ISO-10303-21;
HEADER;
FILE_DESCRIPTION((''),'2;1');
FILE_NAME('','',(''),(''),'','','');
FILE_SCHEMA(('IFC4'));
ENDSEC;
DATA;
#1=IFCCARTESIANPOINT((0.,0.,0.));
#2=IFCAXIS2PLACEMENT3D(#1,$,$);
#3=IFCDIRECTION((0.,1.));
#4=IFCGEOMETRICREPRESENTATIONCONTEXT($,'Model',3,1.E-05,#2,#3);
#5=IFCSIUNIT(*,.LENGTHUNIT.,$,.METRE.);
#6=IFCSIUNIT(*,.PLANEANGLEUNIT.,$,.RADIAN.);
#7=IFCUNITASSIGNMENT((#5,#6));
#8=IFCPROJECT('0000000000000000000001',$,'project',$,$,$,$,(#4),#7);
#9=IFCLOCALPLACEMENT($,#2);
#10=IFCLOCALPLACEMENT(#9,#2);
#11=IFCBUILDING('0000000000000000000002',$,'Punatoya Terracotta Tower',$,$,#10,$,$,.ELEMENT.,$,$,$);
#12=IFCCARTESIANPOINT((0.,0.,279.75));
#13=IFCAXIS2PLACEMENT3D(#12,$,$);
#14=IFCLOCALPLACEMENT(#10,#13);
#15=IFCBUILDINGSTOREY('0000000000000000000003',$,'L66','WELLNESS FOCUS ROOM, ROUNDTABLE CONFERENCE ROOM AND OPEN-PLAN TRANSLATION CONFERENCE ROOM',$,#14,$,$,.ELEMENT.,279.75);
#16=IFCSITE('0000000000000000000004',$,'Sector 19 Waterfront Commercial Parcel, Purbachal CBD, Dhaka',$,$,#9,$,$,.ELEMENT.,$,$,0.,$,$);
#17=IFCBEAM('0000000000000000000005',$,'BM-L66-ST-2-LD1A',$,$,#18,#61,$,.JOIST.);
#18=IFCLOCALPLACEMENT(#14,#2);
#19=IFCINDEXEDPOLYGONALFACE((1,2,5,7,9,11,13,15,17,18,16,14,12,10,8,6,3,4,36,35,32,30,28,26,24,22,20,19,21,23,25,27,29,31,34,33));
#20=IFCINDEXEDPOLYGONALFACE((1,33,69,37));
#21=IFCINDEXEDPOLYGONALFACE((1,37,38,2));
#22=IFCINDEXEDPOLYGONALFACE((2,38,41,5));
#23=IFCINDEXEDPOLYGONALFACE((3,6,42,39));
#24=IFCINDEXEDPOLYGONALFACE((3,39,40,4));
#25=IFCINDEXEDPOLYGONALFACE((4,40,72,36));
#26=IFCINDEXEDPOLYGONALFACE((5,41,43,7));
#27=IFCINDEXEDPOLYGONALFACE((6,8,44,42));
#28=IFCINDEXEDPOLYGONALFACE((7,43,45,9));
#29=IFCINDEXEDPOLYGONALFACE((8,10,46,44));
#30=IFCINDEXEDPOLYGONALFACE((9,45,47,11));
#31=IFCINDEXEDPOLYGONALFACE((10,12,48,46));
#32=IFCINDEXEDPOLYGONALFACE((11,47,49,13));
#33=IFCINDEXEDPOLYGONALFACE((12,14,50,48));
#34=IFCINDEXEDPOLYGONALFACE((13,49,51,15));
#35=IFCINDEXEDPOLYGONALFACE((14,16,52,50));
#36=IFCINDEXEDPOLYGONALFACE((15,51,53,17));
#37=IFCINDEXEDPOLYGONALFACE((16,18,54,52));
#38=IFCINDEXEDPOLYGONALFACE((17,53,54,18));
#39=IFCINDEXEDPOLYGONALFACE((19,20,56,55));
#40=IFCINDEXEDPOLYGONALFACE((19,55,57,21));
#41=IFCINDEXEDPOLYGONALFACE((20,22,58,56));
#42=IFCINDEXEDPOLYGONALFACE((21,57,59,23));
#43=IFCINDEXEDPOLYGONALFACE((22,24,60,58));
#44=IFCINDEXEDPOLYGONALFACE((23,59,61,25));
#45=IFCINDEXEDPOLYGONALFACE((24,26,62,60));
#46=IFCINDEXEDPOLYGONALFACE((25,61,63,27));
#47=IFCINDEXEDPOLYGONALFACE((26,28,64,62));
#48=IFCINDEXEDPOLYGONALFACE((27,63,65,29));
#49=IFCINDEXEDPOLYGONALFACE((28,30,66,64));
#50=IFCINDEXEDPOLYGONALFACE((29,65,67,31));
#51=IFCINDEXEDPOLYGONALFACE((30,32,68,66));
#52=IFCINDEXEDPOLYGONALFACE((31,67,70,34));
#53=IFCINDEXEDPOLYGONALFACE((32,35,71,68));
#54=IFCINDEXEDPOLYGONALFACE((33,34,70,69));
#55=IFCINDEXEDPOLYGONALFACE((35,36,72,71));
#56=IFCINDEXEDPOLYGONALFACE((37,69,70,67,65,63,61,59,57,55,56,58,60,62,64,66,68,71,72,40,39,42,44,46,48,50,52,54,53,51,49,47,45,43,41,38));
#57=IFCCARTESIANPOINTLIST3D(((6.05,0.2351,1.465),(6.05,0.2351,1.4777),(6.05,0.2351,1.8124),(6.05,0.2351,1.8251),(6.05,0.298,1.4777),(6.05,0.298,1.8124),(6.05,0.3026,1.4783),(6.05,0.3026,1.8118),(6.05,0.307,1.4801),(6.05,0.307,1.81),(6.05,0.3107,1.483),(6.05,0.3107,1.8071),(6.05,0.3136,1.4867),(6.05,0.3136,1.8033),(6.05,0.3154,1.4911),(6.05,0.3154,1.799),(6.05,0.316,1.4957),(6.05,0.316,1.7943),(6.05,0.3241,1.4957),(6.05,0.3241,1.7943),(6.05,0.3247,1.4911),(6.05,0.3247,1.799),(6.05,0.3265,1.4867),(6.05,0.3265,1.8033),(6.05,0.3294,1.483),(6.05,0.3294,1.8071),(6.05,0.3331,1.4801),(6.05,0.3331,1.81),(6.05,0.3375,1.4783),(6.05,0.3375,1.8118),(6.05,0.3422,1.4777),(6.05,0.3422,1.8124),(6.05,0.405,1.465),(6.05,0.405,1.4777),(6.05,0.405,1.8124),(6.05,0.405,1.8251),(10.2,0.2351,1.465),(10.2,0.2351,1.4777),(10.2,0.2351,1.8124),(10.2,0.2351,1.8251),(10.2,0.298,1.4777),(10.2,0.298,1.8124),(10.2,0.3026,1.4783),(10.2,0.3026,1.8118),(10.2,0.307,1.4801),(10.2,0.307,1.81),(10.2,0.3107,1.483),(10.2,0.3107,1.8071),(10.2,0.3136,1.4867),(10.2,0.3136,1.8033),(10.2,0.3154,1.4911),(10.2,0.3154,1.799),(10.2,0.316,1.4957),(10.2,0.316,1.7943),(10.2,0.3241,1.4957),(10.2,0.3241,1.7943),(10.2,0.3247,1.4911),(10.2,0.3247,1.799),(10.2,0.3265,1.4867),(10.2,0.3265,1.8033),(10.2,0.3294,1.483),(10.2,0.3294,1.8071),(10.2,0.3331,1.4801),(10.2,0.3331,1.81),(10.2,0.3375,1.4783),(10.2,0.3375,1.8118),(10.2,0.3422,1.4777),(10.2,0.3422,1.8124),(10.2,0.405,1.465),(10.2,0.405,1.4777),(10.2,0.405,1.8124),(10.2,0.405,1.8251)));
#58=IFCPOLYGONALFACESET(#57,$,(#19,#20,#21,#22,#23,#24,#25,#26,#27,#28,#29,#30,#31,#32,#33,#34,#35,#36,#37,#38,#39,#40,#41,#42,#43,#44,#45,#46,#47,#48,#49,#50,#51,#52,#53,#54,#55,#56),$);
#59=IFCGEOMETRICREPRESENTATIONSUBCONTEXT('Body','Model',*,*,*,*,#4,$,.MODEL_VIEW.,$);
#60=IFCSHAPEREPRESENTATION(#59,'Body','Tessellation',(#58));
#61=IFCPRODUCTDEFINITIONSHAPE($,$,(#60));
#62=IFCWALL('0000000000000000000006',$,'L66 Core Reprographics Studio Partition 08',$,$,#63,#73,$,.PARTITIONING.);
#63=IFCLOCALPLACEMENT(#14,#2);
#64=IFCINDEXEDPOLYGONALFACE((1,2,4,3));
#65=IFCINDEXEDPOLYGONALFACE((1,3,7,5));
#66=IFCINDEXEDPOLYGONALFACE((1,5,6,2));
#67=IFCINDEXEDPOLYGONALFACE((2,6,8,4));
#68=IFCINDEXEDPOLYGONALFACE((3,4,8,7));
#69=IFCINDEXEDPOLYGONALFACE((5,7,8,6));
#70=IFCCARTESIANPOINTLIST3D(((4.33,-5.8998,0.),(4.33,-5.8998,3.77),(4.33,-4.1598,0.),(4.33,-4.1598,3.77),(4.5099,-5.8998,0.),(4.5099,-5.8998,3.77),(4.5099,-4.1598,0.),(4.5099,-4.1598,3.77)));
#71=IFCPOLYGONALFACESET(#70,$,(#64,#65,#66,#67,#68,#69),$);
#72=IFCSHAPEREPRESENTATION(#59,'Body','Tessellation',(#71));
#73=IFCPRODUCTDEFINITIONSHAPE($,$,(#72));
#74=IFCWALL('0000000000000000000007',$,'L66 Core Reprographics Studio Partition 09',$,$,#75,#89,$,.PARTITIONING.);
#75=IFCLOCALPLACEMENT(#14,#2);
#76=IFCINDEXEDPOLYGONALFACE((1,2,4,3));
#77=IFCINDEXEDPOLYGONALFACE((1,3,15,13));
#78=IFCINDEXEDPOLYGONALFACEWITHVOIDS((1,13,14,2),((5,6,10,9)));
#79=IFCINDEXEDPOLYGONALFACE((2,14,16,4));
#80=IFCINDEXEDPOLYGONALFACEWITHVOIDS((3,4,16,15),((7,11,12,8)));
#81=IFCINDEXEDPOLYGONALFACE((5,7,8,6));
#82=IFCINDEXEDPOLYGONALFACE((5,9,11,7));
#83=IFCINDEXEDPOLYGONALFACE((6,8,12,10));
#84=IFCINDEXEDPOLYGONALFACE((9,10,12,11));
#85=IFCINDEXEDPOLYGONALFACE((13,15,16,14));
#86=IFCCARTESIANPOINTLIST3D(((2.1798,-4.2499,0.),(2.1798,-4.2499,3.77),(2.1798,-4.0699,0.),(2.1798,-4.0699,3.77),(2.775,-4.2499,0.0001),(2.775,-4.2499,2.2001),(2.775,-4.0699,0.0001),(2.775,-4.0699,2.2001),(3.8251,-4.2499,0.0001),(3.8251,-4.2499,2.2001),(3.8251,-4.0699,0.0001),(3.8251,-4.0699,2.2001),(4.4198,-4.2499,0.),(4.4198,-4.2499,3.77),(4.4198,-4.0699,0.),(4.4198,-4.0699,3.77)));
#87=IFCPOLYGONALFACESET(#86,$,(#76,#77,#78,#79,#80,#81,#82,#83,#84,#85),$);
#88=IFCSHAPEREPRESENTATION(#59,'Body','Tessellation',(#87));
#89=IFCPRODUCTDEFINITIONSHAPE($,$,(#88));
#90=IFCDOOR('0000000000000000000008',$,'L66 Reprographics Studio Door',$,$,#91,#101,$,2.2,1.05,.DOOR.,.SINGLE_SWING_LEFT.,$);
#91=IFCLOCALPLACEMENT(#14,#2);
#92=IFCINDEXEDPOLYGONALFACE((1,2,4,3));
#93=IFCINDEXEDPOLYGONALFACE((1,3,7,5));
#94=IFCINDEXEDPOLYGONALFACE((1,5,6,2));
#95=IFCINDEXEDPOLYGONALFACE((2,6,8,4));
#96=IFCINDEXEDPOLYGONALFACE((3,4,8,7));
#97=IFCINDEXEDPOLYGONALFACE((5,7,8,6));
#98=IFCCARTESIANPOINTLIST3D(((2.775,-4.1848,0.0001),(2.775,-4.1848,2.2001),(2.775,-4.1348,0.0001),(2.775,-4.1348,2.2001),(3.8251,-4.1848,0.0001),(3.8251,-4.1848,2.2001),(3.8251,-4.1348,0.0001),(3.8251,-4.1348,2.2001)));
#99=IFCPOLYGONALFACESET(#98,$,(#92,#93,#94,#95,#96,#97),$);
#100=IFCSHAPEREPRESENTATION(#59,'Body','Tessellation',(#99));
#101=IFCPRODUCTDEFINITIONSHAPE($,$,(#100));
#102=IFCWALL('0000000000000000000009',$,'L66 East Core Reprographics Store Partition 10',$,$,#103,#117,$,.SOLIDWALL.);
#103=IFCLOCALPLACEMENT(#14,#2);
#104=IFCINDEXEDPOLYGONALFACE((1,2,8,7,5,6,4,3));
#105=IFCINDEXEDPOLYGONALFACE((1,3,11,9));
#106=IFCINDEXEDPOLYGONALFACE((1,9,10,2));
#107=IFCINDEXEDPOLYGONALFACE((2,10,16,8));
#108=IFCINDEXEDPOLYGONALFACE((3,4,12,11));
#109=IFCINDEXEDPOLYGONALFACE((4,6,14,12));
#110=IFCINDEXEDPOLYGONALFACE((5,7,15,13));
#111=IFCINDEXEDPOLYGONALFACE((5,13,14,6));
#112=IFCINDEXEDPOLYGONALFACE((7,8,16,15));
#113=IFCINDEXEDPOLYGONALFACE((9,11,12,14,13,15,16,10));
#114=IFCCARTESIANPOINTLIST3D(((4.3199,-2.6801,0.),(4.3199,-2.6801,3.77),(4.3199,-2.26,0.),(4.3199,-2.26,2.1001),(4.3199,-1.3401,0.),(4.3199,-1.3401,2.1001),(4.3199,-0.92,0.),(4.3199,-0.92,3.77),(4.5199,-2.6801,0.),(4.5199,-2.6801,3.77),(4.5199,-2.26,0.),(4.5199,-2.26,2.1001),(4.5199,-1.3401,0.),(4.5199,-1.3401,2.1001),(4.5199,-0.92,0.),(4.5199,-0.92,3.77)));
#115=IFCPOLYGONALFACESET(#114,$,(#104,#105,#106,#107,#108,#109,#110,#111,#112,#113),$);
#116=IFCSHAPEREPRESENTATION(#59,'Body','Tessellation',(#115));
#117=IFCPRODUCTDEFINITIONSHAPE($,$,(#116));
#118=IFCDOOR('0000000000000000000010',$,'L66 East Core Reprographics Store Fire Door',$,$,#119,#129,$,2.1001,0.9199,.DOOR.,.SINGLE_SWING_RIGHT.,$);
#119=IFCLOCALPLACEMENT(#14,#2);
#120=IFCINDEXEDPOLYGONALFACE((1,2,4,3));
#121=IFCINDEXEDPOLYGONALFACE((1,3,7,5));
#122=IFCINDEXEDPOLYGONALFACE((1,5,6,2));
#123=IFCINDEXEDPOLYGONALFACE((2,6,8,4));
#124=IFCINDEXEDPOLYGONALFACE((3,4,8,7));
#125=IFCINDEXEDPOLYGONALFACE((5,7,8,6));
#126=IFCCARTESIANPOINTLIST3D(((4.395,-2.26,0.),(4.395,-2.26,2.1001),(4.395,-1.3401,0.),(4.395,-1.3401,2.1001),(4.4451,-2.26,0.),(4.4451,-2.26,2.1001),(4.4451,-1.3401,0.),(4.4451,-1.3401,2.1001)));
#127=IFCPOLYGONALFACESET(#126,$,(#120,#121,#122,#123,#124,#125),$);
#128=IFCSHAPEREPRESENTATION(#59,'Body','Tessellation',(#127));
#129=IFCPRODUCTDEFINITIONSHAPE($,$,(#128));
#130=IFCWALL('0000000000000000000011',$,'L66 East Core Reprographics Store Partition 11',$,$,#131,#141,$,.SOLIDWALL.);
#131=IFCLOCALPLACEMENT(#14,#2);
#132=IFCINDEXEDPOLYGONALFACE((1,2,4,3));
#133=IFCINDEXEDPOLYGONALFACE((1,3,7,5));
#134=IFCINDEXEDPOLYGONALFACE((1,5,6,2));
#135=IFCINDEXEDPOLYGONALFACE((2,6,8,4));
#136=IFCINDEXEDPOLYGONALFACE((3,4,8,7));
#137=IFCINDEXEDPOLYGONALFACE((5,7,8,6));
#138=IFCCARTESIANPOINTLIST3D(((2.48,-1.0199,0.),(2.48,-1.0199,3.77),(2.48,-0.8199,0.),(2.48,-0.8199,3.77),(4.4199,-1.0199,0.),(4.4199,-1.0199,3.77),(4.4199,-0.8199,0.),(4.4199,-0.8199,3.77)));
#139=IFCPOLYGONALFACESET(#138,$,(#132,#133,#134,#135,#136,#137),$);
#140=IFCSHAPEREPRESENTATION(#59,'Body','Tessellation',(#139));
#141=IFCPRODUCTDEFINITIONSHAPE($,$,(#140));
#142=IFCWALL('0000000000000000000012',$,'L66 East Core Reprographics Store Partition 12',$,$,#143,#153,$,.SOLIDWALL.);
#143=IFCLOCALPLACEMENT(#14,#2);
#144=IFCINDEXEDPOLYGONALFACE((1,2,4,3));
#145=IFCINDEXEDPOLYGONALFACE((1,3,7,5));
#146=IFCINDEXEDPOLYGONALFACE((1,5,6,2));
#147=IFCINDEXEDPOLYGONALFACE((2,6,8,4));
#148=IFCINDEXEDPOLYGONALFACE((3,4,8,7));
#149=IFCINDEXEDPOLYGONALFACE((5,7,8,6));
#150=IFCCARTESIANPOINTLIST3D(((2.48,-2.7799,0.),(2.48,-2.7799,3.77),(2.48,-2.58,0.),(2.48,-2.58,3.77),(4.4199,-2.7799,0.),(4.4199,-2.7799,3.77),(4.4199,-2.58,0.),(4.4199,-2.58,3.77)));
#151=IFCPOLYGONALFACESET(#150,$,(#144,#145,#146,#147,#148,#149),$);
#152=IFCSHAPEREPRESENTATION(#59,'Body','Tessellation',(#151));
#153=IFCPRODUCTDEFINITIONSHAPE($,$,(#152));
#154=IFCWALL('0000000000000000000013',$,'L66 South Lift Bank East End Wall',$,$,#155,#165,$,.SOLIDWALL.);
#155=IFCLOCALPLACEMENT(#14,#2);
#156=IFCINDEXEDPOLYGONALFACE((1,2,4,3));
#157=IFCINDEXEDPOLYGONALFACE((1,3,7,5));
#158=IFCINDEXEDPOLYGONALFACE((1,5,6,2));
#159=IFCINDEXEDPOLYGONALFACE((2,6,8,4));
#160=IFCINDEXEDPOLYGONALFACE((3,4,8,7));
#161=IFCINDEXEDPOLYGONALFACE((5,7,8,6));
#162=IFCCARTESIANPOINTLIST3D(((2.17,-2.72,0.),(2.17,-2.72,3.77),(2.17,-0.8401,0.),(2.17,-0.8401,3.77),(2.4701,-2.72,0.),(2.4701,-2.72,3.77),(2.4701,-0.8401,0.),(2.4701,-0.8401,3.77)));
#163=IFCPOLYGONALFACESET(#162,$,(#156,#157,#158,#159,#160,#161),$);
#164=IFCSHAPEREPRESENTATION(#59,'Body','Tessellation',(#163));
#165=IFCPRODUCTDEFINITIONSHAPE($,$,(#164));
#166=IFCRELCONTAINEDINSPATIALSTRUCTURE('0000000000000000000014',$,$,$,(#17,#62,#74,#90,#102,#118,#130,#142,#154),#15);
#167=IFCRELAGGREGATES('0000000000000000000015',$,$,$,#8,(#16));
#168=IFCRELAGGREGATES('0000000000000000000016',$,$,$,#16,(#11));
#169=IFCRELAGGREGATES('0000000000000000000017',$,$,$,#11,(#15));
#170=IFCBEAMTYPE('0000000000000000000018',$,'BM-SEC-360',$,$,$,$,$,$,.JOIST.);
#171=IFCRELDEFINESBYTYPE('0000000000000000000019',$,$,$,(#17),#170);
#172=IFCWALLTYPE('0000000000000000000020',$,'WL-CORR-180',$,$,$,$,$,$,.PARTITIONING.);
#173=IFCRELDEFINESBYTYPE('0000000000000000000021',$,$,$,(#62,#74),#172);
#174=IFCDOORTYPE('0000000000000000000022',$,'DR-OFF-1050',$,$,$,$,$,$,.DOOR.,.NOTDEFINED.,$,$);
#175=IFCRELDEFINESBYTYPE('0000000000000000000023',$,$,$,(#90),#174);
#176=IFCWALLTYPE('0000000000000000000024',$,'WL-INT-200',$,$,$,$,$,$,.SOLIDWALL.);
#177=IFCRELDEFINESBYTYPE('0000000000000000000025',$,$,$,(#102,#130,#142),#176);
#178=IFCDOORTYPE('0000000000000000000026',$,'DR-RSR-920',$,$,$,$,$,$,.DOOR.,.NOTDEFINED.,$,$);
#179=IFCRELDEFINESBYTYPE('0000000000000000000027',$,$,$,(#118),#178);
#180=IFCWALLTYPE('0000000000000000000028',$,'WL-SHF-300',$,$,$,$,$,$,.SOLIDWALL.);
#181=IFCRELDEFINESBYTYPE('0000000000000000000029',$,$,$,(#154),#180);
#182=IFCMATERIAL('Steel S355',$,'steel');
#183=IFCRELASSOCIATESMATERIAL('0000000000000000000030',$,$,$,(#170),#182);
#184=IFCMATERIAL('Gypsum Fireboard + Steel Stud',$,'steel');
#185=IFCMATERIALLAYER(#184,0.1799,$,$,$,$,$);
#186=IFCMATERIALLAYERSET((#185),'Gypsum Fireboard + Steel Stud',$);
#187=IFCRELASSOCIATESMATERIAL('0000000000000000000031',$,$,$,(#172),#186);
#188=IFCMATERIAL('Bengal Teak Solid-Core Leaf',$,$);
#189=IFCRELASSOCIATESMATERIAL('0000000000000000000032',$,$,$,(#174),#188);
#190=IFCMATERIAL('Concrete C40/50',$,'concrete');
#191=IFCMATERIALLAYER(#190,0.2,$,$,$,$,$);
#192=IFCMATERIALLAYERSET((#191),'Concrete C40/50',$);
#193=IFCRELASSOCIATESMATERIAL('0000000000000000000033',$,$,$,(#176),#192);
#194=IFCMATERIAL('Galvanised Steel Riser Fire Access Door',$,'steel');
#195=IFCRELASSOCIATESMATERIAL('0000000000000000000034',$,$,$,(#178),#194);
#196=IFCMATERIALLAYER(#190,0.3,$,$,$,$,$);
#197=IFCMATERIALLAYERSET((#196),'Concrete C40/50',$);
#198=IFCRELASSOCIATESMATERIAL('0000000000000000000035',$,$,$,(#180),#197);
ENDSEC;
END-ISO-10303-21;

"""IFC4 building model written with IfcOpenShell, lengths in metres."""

from ifc_helpers import new_model, si_unit, direction, frame, frame_2d, origin, origin_2d, place, context, subcontext, project, spatial, rectangle, i_section, extrude, material, layer, layer_set, material_profile, profile_set, type_object, element, fill, save


model = new_model("IFC4")

# Units and contexts
model_context = context("Model", 3, precision=1e-05, world=origin(), true_north=direction((0.0, 1.0)))
body_context = subcontext(model_context, "Body", "Model", "MODEL_VIEW")
ifc_project = project(units=[si_unit("LENGTHUNIT", "METRE"), si_unit("PLANEANGLEUNIT", "RADIAN")], contexts=[model_context])

# Site, building, storey
site_placement = place(None, origin())
site = spatial("IfcSite", under=ifc_project, at=site_placement, Name="Sector 19 Waterfront Commercial Parcel, Purbachal CBD, Dhaka", CompositionType="ELEMENT", RefElevation=0.0)
building_placement = place(site_placement, origin())
building = spatial("IfcBuilding", under=site, at=building_placement, Name="Punatoya Terracotta Tower", CompositionType="ELEMENT")
storey_placement = place(building_placement, frame((0.0, 0.0, 279.75)))
storey = spatial("IfcBuildingStorey", under=building, at=storey_placement, Name="L66", Description="WELLNESS FOCUS ROOM, ROUNDTABLE CONFERENCE ROOM AND OPEN-PLAN TRANSLATION CONFERENCE ROOM", CompositionType="ELEMENT", Elevation=279.75)

# Beam
ifc_material_1 = material(Name="Steel S355", Category="steel")
ifc_material_profile = material_profile(ifc_material_1, i_section(OverallWidth=0.1699, OverallDepth=0.3601, WebThickness=0.0081, FlangeThickness=0.0127, FilletRadius=0.0181, at=origin_2d()))
ifc_profile_set = profile_set([ifc_material_profile], Name="Steel S355")
beam_type = type_object("IfcBeamType", Name="BM-SEC-360", PredefinedType="JOIST", material=ifc_profile_set)
beam_placement = place(storey_placement, frame((6.05, 0.3201, 1.645), z_axis=(1.0, 0.0, 0.0), x_axis=(0.0, 1.0, 0.0)))
element("IfcBeam", 1, at=beam_placement, inside=storey, type_object=beam_type, Name="BM-L66-ST-2-LD1A", PredefinedType="JOIST", context=body_context, shape_type="SweptSolid", body=[
    extrude(i_section(OverallWidth=0.1699, OverallDepth=0.3601, WebThickness=0.0081, FlangeThickness=0.0127, FilletRadius=0.0181, at=origin_2d()), origin(), (0.0, 0.0, 1.0), 4.1499),
])

# Wall
ifc_material_2 = material(Name="Gypsum Fireboard + Steel Stud", Category="steel")
ifc_layer_1 = layer(ifc_material_2, 0.1799)
ifc_layer_set_1 = layer_set([ifc_layer_1], Name="Gypsum Fireboard + Steel Stud")
wall_type_1 = type_object("IfcWallType", Name="WL-CORR-180", PredefinedType="PARTITIONING", material=ifc_layer_set_1)
wall_1_placement = place(storey_placement, frame((4.4199, -5.8999, 0.0), z_axis=(0.0, 0.0, 1.0), x_axis=(0.0, 1.0, 0.0)))
element("IfcWall", 2, at=wall_1_placement, inside=storey, type_object=wall_type_1, Name="L66 Core Reprographics Studio Partition 08", PredefinedType="PARTITIONING", context=body_context, shape_type="SweptSolid", body=[
    extrude(rectangle(XDim=1.74, YDim=0.1799, at=frame_2d((0.8701, 0.0))), origin(), (0.0, 0.0, 1.0), 3.77),
])

# Walls, openings, doors
wall_2_placement = place(storey_placement, frame((4.4199, -4.1599, 0.0), z_axis=(0.0, 0.0, 1.0), x_axis=(-1.0, 0.0, 0.0)))
wall_2 = element("IfcWall", 3, at=wall_2_placement, inside=storey, type_object=wall_type_1, Name="L66 Core Reprographics Studio Partition 09", PredefinedType="PARTITIONING", context=body_context, shape_type="SweptSolid", body=[
    extrude(rectangle(XDim=2.24, YDim=0.1799, at=frame_2d((1.1201, 0.0))), origin(), (0.0, 0.0, 1.0), 3.77),
])
opening_1_placement = place(wall_2_placement, frame((0.595, 0.0, 0.0)))
opening_1 = element("IfcOpeningElement", 4, at=opening_1_placement, cuts=wall_2, PredefinedType="OPENING", context=body_context, shape_type="SweptSolid", body=[
    extrude(rectangle(XDim=1.05, YDim=2.2, at=frame_2d((0.5249, 1.1001))), frame((0.0, 0.0999, 0.0), z_axis=(0.0, -1.0, 0.0), x_axis=(1.0, 0.0, 0.0)), (0.0, 0.0, 1.0), 0.2),
])
ifc_material_3 = material(Name="Bengal Teak Solid-Core Leaf")
door_type_1 = type_object("IfcDoorType", Name="DR-OFF-1050", OperationType="NOTDEFINED", PredefinedType="DOOR", material=ifc_material_3)
door_1_placement = place(opening_1_placement, origin())
door_1 = element("IfcDoor", 5, at=door_1_placement, inside=storey, type_object=door_type_1, Name="L66 Reprographics Studio Door", OperationType="SINGLE_SWING_LEFT", OverallHeight=2.2, OverallWidth=1.05, PredefinedType="DOOR", context=body_context, shape_type="SweptSolid", body=[
    extrude(rectangle(XDim=1.05, YDim=2.2, at=frame_2d((0.5249, 1.1001))), frame((0.0, 0.0249, 0.0), z_axis=(0.0, -1.0, 0.0), x_axis=(1.0, 0.0, 0.0)), (0.0, 0.0, 1.0), 0.05),
])
fill(opening_1, door_1)
ifc_material_4 = material(Name="Concrete C40/50", Category="concrete")
ifc_layer_2 = layer(ifc_material_4, 0.2)
ifc_layer_set_2 = layer_set([ifc_layer_2], Name="Concrete C40/50")
wall_type_2 = type_object("IfcWallType", Name="WL-INT-200", PredefinedType="SOLIDWALL", material=ifc_layer_set_2)
wall_3_placement = place(storey_placement, frame((4.4199, -2.6799, 0.0), z_axis=(0.0, 0.0, 1.0), x_axis=(0.0, 1.0, 0.0)))
wall_3 = element("IfcWall", 6, at=wall_3_placement, inside=storey, type_object=wall_type_2, Name="L66 East Core Reprographics Store Partition 10", PredefinedType="SOLIDWALL", context=body_context, shape_type="SweptSolid", body=[
    extrude(rectangle(XDim=1.76, YDim=0.2, at=frame_2d((0.8799, 0.0))), origin(), (0.0, 0.0, 1.0), 3.77),
])
opening_2_placement = place(wall_3_placement, frame((0.4199, 0.0, 0.0)))
opening_2 = element("IfcOpeningElement", 7, at=opening_2_placement, cuts=wall_3, PredefinedType="OPENING", context=body_context, shape_type="SweptSolid", body=[
    extrude(rectangle(XDim=0.9199, YDim=2.1001, at=frame_2d((0.46, 1.05))), frame((0.0, 0.1099, 0.0), z_axis=(0.0, -1.0, 0.0), x_axis=(1.0, 0.0, 0.0)), (0.0, 0.0, 1.0), 0.22),
])
ifc_material_5 = material(Name="Galvanised Steel Riser Fire Access Door", Category="steel")
door_type_2 = type_object("IfcDoorType", Name="DR-RSR-920", OperationType="NOTDEFINED", PredefinedType="DOOR", material=ifc_material_5)
door_2_placement = place(opening_2_placement, origin())
door_2 = element("IfcDoor", 8, at=door_2_placement, inside=storey, type_object=door_type_2, Name="L66 East Core Reprographics Store Fire Door", OperationType="SINGLE_SWING_RIGHT", OverallHeight=2.1001, OverallWidth=0.9199, PredefinedType="DOOR", context=body_context, shape_type="SweptSolid", body=[
    extrude(rectangle(XDim=0.9199, YDim=2.1001, at=frame_2d((0.46, 1.05))), frame((0.0, 0.0249, 0.0), z_axis=(0.0, -1.0, 0.0), x_axis=(1.0, 0.0, 0.0)), (0.0, 0.0, 1.0), 0.05),
])
fill(opening_2, door_2)

# Walls
for number, where, z_axis, x_axis, name in (
    (9, (4.4199, -0.9199, 0.0), (0.0, 0.0, 1.0), (-1.0, 0.0, 0.0), "L66 East Core Reprographics Store Partition 11"),
    (10, (2.48, -2.6799, 0.0), (0.0, 0.0, 1.0), (1.0, 0.0, 0.0), "L66 East Core Reprographics Store Partition 12"),
):
    element("IfcWall", number, at=place(storey_placement, frame(where, z_axis=z_axis, x_axis=x_axis)), inside=storey, type_object=wall_type_2, Name=name, PredefinedType="SOLIDWALL", context=body_context, shape_type="SweptSolid", body=[
        extrude(rectangle(XDim=1.9399, YDim=0.2, at=frame_2d((0.97, 0.0))), origin(), (0.0, 0.0, 1.0), 3.77),
    ])
ifc_layer_3 = layer(ifc_material_4, 0.3)
ifc_layer_set_3 = layer_set([ifc_layer_3], Name="Concrete C40/50")
wall_type_3 = type_object("IfcWallType", Name="WL-SHF-300", PredefinedType="SOLIDWALL", material=ifc_layer_set_3)
wall_4_placement = place(storey_placement, frame((2.3201, -2.72, 0.0), z_axis=(0.0, 0.0, 1.0), x_axis=(0.0, 1.0, 0.0)))
element("IfcWall", 11, at=wall_4_placement, inside=storey, type_object=wall_type_3, Name="L66 South Lift Bank East End Wall", PredefinedType="SOLIDWALL", context=body_context, shape_type="SweptSolid", body=[
    extrude(rectangle(XDim=1.8799, YDim=0.3, at=frame_2d((0.9399, 0.0))), origin(), (0.0, 0.0, 1.0), 3.77),
])

save(model, "model.ifc")
